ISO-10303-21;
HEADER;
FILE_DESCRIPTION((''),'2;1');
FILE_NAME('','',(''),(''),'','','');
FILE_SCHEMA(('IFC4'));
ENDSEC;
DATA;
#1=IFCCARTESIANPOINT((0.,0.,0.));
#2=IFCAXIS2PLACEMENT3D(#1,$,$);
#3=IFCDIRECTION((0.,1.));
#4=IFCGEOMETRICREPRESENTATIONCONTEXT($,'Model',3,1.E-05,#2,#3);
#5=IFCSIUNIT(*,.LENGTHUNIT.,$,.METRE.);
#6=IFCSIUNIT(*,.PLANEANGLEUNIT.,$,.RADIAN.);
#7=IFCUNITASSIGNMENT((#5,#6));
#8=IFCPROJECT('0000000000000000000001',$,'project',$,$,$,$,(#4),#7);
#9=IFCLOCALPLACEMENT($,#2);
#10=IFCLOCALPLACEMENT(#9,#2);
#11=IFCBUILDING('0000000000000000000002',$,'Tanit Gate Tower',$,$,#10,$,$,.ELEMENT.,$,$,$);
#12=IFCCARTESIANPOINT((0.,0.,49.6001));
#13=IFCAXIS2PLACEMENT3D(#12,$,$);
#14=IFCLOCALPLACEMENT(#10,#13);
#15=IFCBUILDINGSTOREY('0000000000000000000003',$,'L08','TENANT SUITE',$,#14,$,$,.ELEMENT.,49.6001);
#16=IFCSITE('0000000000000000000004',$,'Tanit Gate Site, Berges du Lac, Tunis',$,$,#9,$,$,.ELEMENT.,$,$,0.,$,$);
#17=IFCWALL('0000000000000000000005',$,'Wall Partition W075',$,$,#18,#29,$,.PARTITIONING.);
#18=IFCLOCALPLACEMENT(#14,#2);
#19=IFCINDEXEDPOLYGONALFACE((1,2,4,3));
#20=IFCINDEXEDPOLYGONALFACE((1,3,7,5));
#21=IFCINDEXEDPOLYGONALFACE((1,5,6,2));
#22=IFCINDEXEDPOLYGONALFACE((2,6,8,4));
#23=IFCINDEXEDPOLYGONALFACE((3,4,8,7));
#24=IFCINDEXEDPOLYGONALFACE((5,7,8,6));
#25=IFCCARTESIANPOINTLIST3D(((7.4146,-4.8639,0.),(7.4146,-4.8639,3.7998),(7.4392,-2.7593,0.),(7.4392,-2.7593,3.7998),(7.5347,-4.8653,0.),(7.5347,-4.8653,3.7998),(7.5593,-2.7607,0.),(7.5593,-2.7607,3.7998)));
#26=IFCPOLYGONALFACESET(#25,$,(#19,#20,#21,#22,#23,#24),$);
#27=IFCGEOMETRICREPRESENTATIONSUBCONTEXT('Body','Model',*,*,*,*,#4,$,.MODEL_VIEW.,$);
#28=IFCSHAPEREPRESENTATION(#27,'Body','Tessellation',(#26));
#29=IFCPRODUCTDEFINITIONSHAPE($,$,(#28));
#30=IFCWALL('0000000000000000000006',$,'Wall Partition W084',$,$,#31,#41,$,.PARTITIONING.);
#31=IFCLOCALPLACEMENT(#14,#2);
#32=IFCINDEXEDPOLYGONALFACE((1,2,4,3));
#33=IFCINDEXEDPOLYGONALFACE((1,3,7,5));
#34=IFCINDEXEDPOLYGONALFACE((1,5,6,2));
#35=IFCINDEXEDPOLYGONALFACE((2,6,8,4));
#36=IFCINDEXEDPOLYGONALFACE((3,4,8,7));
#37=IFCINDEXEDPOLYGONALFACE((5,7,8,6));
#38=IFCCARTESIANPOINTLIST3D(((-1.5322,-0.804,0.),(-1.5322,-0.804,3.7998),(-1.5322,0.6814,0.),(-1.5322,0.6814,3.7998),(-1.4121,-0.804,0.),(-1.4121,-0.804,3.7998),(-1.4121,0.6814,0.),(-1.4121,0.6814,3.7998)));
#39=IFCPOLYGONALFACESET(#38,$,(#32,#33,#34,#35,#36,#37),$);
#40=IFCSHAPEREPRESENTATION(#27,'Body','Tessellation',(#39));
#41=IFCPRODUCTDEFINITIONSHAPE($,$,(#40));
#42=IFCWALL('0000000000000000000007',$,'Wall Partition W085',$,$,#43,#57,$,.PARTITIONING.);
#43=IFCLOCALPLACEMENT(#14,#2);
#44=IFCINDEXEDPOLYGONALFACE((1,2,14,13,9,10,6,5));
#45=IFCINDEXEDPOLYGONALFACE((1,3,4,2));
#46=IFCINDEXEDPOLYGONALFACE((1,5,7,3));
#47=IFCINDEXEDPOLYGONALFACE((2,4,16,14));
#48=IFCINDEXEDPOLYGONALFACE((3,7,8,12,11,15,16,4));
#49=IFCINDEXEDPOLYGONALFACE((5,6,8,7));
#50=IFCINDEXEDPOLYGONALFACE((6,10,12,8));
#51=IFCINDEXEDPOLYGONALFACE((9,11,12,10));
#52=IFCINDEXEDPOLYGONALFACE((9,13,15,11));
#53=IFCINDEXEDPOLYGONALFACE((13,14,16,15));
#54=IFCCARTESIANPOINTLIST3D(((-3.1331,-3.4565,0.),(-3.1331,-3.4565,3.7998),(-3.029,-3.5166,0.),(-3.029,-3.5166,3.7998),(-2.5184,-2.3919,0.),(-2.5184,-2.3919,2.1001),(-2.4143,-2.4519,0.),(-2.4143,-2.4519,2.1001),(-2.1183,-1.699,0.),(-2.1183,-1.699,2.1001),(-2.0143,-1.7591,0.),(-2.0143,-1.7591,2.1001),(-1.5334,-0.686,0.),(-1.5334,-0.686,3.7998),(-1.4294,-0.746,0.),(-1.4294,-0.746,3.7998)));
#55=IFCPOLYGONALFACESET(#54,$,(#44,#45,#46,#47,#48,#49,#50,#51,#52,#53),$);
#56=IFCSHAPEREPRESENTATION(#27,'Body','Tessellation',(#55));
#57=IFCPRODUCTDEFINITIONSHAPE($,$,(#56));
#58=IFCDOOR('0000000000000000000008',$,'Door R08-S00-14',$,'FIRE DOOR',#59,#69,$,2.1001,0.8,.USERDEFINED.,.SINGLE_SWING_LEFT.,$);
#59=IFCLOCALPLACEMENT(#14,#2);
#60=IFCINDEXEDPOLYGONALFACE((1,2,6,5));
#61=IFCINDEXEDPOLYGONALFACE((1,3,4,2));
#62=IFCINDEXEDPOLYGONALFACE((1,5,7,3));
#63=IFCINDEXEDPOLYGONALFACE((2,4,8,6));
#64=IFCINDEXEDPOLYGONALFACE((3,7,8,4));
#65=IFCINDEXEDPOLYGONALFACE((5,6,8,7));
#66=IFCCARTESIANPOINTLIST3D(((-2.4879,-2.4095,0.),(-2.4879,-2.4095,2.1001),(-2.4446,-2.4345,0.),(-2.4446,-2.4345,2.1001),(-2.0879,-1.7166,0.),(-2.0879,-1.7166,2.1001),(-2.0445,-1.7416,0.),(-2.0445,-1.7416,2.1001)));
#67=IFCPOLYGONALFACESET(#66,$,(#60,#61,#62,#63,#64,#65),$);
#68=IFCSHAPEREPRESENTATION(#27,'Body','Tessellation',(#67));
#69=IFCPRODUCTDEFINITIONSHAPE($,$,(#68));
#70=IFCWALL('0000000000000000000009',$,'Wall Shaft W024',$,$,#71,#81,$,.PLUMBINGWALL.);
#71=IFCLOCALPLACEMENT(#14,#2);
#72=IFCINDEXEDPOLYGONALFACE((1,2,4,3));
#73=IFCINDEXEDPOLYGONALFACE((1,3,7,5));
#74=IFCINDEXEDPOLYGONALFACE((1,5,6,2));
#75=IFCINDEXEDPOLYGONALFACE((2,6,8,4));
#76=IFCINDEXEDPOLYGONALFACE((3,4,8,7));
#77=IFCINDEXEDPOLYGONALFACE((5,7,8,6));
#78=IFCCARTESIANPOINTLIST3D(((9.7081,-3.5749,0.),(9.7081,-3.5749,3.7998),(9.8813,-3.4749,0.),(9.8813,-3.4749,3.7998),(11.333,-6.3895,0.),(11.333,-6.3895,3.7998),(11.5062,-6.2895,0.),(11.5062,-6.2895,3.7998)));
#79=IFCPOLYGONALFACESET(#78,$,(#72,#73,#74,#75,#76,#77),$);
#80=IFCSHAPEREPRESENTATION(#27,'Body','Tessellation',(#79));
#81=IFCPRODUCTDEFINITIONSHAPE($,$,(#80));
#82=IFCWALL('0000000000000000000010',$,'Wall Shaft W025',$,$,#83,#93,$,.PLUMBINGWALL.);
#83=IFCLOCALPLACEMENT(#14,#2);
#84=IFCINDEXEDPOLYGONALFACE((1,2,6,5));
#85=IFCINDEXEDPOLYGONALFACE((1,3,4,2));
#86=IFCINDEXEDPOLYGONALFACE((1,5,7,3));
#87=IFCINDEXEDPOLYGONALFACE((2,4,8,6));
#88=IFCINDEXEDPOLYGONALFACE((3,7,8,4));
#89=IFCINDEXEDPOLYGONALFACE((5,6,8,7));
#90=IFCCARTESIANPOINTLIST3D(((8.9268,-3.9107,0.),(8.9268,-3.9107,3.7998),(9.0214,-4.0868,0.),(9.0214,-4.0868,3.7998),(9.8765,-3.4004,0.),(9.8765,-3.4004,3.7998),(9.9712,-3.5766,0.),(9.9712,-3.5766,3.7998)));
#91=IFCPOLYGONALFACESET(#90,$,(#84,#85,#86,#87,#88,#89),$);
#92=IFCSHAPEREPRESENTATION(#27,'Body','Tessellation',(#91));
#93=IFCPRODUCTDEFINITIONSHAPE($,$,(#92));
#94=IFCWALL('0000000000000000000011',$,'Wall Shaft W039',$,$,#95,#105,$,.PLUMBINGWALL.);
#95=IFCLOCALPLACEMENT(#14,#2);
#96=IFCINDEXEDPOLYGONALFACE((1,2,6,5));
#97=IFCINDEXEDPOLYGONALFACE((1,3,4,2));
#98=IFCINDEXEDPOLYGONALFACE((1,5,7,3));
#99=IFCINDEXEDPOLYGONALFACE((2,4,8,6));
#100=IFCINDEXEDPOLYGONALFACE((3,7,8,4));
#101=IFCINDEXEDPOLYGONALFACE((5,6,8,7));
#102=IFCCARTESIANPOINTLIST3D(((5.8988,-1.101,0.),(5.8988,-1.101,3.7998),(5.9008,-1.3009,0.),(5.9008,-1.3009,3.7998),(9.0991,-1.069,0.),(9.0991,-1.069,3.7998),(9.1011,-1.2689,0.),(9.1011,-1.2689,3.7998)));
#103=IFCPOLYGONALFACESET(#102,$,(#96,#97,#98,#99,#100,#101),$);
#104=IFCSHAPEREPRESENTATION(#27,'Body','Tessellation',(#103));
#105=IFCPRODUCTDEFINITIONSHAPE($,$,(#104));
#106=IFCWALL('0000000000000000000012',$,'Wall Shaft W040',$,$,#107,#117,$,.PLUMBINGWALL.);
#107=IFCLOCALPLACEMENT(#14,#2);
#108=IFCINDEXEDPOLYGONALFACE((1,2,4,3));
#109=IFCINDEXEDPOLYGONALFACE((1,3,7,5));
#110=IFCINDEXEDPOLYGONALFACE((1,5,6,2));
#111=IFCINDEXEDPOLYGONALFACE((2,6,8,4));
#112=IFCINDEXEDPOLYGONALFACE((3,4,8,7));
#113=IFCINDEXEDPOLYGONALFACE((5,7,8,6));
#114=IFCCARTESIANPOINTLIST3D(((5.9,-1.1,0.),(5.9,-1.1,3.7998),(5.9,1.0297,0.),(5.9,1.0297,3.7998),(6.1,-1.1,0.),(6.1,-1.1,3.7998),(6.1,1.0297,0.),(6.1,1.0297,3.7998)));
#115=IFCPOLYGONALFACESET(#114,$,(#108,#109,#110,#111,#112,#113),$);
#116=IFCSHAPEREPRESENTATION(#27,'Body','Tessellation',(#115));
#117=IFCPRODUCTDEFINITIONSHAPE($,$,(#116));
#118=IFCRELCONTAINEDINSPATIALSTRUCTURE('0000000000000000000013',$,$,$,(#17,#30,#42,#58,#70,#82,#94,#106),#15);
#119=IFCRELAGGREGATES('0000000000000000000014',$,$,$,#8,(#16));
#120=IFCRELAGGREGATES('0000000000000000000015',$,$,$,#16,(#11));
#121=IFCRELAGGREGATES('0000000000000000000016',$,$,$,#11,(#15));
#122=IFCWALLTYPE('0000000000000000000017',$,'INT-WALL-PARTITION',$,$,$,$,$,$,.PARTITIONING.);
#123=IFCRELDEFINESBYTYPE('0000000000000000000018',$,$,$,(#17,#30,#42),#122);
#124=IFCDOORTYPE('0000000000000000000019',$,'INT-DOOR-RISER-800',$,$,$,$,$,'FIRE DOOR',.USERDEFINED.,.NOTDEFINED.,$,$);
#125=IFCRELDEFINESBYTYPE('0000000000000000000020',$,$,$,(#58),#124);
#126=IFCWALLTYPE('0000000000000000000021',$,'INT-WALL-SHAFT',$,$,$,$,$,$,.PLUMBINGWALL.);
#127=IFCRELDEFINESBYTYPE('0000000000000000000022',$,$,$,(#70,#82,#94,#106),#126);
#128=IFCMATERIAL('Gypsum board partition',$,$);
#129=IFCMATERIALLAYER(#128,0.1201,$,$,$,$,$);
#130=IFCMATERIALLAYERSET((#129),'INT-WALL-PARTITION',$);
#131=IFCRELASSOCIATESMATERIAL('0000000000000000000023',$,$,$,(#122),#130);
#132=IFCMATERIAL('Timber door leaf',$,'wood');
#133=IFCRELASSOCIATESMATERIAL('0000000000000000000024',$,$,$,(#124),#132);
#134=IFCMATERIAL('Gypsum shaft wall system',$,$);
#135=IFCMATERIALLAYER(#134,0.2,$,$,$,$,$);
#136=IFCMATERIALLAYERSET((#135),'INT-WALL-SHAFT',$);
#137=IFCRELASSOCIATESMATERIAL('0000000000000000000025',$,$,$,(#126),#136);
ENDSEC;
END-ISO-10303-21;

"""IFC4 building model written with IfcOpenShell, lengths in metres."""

from ifc_helpers import new_model, si_unit, direction, frame, frame_2d, origin, place, context, subcontext, project, spatial, rectangle, extrude, material, layer, layer_set, type_object, element, fill, save


model = new_model("IFC4")

# Units and contexts
model_context = context("Model", 3, precision=1e-05, world=origin(), true_north=direction((0.0, 1.0)))
body_context = subcontext(model_context, "Body", "Model", "MODEL_VIEW")
ifc_project = project(units=[si_unit("LENGTHUNIT", "METRE"), si_unit("PLANEANGLEUNIT", "RADIAN")], contexts=[model_context])

# Site, building, storey
site_placement = place(None, origin())
site = spatial("IfcSite", under=ifc_project, at=site_placement, Name="Tanit Gate Site, Berges du Lac, Tunis", CompositionType="ELEMENT", RefElevation=0.0)
building_placement = place(site_placement, origin())
building = spatial("IfcBuilding", under=site, at=building_placement, Name="Tanit Gate Tower", CompositionType="ELEMENT")
storey_placement = place(building_placement, frame((0.0, 0.0, 49.6001)))
storey = spatial("IfcBuildingStorey", under=building, at=storey_placement, Name="L08", Description="TENANT SUITE", CompositionType="ELEMENT", Elevation=49.6001)

# Shared definitions
ifc_material_1 = material(Name="Gypsum board partition")
ifc_layer_1 = layer(ifc_material_1, 0.1201)
ifc_layer_set_1 = layer_set([ifc_layer_1], Name="INT-WALL-PARTITION")
wall_type_1 = type_object("IfcWallType", Name="INT-WALL-PARTITION", PredefinedType="PARTITIONING", material=ifc_layer_set_1)

# Shared definitions
ifc_material_2 = material(Name="Timber door leaf", Category="wood")
door_type_1 = type_object("IfcDoorType", Name="INT-DOOR-RISER-800", ElementType="FIRE DOOR", OperationType="NOTDEFINED", PredefinedType="USERDEFINED", material=ifc_material_2)

# Walls
wall_1_placement = place(storey_placement, frame((7.4746, -4.8645, 0.0), z_axis=(0.0, 0.0, 1.0), x_axis=(0.011716, 0.999931, 0.0)))
element("IfcWall", 1, at=wall_1_placement, inside=storey, type_object=wall_type_1, Name="Wall Partition W075", PredefinedType="PARTITIONING", context=body_context, shape_type="SweptSolid", body=[
    extrude(rectangle(XDim=2.1047, YDim=0.1201, at=frame_2d((1.0522, 0.0))), origin(), (0.0, 0.0, 1.0), 3.7998),
])
wall_2_placement = place(storey_placement, frame((-1.4722, -0.804, 0.0), z_axis=(0.0, 0.0, 1.0), x_axis=(0.0, 1.0, 0.0)))
element("IfcWall", 2, at=wall_2_placement, inside=storey, type_object=wall_type_1, Name="Wall Partition W084", PredefinedType="PARTITIONING", context=body_context, shape_type="SweptSolid", body=[
    extrude(rectangle(XDim=1.4854, YDim=0.1201, at=frame_2d((0.7427, 0.0))), origin(), (0.0, 0.0, 1.0), 3.7998),
])

# Wall, opening, door
wall_3_placement = place(storey_placement, frame((-3.0811, -3.4866, 0.0), z_axis=(0.0, 0.0, 1.0), x_axis=(0.500013, 0.866018, 0.0)))
wall_3 = element("IfcWall", 3, at=wall_3_placement, inside=storey, type_object=wall_type_1, Name="Wall Partition W085", PredefinedType="PARTITIONING", context=body_context, shape_type="SweptSolid", body=[
    extrude(rectangle(XDim=3.1992, YDim=0.1201, at=frame_2d((1.5996, 0.0))), origin(), (0.0, 0.0, 1.0), 3.7998),
])
opening_1_placement = place(wall_3_placement, frame((1.2295, 0.0, 0.0)))
opening_1 = element("IfcOpeningElement", 4, at=opening_1_placement, cuts=wall_3, PredefinedType="OPENING", context=body_context, shape_type="SweptSolid", body=[
    extrude(rectangle(XDim=0.8, YDim=2.1001, at=frame_2d((0.3999, 1.05))), frame((0.0, 0.0701, 0.0), z_axis=(0.0, -1.0, 0.0), x_axis=(1.0, 0.0, 0.0)), (0.0, 0.0, 1.0), 0.1401),
])
door_1_placement = place(opening_1_placement, origin())
door_1 = element("IfcDoor", 5, at=door_1_placement, inside=storey, type_object=door_type_1, Name="Door R08-S00-14", ObjectType="FIRE DOOR", OperationType="SINGLE_SWING_LEFT", OverallHeight=2.1001, OverallWidth=0.8, PredefinedType="USERDEFINED", context=body_context, shape_type="SweptSolid", body=[
    extrude(rectangle(XDim=0.8, YDim=2.1001, at=frame_2d((0.3999, 1.05))), frame((0.0, 0.0249, 0.0), z_axis=(0.0, -1.0, 0.0), x_axis=(1.0, 0.0, 0.0)), (0.0, 0.0, 1.0), 0.05),
])
fill(opening_1, door_1)

# Walls
ifc_material_3 = material(Name="Gypsum shaft wall system")
ifc_layer_2 = layer(ifc_material_3, 0.2)
ifc_layer_set_2 = layer_set([ifc_layer_2], Name="INT-WALL-SHAFT")
wall_type_2 = type_object("IfcWallType", Name="INT-WALL-SHAFT", PredefinedType="PLUMBINGWALL", material=ifc_layer_set_2)
wall_4_placement = place(storey_placement, frame((9.7947, -3.5249, 0.0), z_axis=(0.0, 0.0, 1.0), x_axis=(0.499985, -0.866034, 0.0)))
element("IfcWall", 6, at=wall_4_placement, inside=storey, type_object=wall_type_2, Name="Wall Shaft W024", PredefinedType="PLUMBINGWALL", context=body_context, shape_type="SweptSolid", body=[
    extrude(rectangle(XDim=3.25, YDim=0.2, at=frame_2d((1.625, 0.0))), origin(), (0.0, 0.0, 1.0), 3.7998),
])
wall_5_placement = place(storey_placement, frame((8.9741, -3.9988, 0.0), z_axis=(0.0, 0.0, 1.0), x_axis=(0.880907, 0.473289, 0.0)))
element("IfcWall", 7, at=wall_5_placement, inside=storey, type_object=wall_type_2, Name="Wall Shaft W025", PredefinedType="PLUMBINGWALL", context=body_context, shape_type="SweptSolid", body=[
    extrude(rectangle(XDim=1.0781, YDim=0.2, at=frame_2d((0.5391, 0.0))), origin(), (0.0, 0.0, 1.0), 3.7998),
])
wall_6_placement = place(storey_placement, frame((5.8999, -1.2009, 0.0), z_axis=(0.0, 0.0, 1.0), x_axis=(0.99995, 0.009993, 0.0)))
element("IfcWall", 8, at=wall_6_placement, inside=storey, type_object=wall_type_2, Name="Wall Shaft W039", PredefinedType="PLUMBINGWALL", context=body_context, shape_type="SweptSolid", body=[
    extrude(rectangle(XDim=3.2004, YDim=0.2, at=frame_2d((1.6001, 0.0))), origin(), (0.0, 0.0, 1.0), 3.7998),
])
wall_7_placement = place(storey_placement, frame((6.0, -1.1001, 0.0), z_axis=(0.0, 0.0, 1.0), x_axis=(0.0, 1.0, 0.0)))
element("IfcWall", 9, at=wall_7_placement, inside=storey, type_object=wall_type_2, Name="Wall Shaft W040", PredefinedType="PLUMBINGWALL", context=body_context, shape_type="SweptSolid", body=[
    extrude(rectangle(XDim=2.1296, YDim=0.2, at=frame_2d((1.0649, 0.0))), origin(), (0.0, 0.0, 1.0), 3.7998),
])

save(model, "model.ifc")
